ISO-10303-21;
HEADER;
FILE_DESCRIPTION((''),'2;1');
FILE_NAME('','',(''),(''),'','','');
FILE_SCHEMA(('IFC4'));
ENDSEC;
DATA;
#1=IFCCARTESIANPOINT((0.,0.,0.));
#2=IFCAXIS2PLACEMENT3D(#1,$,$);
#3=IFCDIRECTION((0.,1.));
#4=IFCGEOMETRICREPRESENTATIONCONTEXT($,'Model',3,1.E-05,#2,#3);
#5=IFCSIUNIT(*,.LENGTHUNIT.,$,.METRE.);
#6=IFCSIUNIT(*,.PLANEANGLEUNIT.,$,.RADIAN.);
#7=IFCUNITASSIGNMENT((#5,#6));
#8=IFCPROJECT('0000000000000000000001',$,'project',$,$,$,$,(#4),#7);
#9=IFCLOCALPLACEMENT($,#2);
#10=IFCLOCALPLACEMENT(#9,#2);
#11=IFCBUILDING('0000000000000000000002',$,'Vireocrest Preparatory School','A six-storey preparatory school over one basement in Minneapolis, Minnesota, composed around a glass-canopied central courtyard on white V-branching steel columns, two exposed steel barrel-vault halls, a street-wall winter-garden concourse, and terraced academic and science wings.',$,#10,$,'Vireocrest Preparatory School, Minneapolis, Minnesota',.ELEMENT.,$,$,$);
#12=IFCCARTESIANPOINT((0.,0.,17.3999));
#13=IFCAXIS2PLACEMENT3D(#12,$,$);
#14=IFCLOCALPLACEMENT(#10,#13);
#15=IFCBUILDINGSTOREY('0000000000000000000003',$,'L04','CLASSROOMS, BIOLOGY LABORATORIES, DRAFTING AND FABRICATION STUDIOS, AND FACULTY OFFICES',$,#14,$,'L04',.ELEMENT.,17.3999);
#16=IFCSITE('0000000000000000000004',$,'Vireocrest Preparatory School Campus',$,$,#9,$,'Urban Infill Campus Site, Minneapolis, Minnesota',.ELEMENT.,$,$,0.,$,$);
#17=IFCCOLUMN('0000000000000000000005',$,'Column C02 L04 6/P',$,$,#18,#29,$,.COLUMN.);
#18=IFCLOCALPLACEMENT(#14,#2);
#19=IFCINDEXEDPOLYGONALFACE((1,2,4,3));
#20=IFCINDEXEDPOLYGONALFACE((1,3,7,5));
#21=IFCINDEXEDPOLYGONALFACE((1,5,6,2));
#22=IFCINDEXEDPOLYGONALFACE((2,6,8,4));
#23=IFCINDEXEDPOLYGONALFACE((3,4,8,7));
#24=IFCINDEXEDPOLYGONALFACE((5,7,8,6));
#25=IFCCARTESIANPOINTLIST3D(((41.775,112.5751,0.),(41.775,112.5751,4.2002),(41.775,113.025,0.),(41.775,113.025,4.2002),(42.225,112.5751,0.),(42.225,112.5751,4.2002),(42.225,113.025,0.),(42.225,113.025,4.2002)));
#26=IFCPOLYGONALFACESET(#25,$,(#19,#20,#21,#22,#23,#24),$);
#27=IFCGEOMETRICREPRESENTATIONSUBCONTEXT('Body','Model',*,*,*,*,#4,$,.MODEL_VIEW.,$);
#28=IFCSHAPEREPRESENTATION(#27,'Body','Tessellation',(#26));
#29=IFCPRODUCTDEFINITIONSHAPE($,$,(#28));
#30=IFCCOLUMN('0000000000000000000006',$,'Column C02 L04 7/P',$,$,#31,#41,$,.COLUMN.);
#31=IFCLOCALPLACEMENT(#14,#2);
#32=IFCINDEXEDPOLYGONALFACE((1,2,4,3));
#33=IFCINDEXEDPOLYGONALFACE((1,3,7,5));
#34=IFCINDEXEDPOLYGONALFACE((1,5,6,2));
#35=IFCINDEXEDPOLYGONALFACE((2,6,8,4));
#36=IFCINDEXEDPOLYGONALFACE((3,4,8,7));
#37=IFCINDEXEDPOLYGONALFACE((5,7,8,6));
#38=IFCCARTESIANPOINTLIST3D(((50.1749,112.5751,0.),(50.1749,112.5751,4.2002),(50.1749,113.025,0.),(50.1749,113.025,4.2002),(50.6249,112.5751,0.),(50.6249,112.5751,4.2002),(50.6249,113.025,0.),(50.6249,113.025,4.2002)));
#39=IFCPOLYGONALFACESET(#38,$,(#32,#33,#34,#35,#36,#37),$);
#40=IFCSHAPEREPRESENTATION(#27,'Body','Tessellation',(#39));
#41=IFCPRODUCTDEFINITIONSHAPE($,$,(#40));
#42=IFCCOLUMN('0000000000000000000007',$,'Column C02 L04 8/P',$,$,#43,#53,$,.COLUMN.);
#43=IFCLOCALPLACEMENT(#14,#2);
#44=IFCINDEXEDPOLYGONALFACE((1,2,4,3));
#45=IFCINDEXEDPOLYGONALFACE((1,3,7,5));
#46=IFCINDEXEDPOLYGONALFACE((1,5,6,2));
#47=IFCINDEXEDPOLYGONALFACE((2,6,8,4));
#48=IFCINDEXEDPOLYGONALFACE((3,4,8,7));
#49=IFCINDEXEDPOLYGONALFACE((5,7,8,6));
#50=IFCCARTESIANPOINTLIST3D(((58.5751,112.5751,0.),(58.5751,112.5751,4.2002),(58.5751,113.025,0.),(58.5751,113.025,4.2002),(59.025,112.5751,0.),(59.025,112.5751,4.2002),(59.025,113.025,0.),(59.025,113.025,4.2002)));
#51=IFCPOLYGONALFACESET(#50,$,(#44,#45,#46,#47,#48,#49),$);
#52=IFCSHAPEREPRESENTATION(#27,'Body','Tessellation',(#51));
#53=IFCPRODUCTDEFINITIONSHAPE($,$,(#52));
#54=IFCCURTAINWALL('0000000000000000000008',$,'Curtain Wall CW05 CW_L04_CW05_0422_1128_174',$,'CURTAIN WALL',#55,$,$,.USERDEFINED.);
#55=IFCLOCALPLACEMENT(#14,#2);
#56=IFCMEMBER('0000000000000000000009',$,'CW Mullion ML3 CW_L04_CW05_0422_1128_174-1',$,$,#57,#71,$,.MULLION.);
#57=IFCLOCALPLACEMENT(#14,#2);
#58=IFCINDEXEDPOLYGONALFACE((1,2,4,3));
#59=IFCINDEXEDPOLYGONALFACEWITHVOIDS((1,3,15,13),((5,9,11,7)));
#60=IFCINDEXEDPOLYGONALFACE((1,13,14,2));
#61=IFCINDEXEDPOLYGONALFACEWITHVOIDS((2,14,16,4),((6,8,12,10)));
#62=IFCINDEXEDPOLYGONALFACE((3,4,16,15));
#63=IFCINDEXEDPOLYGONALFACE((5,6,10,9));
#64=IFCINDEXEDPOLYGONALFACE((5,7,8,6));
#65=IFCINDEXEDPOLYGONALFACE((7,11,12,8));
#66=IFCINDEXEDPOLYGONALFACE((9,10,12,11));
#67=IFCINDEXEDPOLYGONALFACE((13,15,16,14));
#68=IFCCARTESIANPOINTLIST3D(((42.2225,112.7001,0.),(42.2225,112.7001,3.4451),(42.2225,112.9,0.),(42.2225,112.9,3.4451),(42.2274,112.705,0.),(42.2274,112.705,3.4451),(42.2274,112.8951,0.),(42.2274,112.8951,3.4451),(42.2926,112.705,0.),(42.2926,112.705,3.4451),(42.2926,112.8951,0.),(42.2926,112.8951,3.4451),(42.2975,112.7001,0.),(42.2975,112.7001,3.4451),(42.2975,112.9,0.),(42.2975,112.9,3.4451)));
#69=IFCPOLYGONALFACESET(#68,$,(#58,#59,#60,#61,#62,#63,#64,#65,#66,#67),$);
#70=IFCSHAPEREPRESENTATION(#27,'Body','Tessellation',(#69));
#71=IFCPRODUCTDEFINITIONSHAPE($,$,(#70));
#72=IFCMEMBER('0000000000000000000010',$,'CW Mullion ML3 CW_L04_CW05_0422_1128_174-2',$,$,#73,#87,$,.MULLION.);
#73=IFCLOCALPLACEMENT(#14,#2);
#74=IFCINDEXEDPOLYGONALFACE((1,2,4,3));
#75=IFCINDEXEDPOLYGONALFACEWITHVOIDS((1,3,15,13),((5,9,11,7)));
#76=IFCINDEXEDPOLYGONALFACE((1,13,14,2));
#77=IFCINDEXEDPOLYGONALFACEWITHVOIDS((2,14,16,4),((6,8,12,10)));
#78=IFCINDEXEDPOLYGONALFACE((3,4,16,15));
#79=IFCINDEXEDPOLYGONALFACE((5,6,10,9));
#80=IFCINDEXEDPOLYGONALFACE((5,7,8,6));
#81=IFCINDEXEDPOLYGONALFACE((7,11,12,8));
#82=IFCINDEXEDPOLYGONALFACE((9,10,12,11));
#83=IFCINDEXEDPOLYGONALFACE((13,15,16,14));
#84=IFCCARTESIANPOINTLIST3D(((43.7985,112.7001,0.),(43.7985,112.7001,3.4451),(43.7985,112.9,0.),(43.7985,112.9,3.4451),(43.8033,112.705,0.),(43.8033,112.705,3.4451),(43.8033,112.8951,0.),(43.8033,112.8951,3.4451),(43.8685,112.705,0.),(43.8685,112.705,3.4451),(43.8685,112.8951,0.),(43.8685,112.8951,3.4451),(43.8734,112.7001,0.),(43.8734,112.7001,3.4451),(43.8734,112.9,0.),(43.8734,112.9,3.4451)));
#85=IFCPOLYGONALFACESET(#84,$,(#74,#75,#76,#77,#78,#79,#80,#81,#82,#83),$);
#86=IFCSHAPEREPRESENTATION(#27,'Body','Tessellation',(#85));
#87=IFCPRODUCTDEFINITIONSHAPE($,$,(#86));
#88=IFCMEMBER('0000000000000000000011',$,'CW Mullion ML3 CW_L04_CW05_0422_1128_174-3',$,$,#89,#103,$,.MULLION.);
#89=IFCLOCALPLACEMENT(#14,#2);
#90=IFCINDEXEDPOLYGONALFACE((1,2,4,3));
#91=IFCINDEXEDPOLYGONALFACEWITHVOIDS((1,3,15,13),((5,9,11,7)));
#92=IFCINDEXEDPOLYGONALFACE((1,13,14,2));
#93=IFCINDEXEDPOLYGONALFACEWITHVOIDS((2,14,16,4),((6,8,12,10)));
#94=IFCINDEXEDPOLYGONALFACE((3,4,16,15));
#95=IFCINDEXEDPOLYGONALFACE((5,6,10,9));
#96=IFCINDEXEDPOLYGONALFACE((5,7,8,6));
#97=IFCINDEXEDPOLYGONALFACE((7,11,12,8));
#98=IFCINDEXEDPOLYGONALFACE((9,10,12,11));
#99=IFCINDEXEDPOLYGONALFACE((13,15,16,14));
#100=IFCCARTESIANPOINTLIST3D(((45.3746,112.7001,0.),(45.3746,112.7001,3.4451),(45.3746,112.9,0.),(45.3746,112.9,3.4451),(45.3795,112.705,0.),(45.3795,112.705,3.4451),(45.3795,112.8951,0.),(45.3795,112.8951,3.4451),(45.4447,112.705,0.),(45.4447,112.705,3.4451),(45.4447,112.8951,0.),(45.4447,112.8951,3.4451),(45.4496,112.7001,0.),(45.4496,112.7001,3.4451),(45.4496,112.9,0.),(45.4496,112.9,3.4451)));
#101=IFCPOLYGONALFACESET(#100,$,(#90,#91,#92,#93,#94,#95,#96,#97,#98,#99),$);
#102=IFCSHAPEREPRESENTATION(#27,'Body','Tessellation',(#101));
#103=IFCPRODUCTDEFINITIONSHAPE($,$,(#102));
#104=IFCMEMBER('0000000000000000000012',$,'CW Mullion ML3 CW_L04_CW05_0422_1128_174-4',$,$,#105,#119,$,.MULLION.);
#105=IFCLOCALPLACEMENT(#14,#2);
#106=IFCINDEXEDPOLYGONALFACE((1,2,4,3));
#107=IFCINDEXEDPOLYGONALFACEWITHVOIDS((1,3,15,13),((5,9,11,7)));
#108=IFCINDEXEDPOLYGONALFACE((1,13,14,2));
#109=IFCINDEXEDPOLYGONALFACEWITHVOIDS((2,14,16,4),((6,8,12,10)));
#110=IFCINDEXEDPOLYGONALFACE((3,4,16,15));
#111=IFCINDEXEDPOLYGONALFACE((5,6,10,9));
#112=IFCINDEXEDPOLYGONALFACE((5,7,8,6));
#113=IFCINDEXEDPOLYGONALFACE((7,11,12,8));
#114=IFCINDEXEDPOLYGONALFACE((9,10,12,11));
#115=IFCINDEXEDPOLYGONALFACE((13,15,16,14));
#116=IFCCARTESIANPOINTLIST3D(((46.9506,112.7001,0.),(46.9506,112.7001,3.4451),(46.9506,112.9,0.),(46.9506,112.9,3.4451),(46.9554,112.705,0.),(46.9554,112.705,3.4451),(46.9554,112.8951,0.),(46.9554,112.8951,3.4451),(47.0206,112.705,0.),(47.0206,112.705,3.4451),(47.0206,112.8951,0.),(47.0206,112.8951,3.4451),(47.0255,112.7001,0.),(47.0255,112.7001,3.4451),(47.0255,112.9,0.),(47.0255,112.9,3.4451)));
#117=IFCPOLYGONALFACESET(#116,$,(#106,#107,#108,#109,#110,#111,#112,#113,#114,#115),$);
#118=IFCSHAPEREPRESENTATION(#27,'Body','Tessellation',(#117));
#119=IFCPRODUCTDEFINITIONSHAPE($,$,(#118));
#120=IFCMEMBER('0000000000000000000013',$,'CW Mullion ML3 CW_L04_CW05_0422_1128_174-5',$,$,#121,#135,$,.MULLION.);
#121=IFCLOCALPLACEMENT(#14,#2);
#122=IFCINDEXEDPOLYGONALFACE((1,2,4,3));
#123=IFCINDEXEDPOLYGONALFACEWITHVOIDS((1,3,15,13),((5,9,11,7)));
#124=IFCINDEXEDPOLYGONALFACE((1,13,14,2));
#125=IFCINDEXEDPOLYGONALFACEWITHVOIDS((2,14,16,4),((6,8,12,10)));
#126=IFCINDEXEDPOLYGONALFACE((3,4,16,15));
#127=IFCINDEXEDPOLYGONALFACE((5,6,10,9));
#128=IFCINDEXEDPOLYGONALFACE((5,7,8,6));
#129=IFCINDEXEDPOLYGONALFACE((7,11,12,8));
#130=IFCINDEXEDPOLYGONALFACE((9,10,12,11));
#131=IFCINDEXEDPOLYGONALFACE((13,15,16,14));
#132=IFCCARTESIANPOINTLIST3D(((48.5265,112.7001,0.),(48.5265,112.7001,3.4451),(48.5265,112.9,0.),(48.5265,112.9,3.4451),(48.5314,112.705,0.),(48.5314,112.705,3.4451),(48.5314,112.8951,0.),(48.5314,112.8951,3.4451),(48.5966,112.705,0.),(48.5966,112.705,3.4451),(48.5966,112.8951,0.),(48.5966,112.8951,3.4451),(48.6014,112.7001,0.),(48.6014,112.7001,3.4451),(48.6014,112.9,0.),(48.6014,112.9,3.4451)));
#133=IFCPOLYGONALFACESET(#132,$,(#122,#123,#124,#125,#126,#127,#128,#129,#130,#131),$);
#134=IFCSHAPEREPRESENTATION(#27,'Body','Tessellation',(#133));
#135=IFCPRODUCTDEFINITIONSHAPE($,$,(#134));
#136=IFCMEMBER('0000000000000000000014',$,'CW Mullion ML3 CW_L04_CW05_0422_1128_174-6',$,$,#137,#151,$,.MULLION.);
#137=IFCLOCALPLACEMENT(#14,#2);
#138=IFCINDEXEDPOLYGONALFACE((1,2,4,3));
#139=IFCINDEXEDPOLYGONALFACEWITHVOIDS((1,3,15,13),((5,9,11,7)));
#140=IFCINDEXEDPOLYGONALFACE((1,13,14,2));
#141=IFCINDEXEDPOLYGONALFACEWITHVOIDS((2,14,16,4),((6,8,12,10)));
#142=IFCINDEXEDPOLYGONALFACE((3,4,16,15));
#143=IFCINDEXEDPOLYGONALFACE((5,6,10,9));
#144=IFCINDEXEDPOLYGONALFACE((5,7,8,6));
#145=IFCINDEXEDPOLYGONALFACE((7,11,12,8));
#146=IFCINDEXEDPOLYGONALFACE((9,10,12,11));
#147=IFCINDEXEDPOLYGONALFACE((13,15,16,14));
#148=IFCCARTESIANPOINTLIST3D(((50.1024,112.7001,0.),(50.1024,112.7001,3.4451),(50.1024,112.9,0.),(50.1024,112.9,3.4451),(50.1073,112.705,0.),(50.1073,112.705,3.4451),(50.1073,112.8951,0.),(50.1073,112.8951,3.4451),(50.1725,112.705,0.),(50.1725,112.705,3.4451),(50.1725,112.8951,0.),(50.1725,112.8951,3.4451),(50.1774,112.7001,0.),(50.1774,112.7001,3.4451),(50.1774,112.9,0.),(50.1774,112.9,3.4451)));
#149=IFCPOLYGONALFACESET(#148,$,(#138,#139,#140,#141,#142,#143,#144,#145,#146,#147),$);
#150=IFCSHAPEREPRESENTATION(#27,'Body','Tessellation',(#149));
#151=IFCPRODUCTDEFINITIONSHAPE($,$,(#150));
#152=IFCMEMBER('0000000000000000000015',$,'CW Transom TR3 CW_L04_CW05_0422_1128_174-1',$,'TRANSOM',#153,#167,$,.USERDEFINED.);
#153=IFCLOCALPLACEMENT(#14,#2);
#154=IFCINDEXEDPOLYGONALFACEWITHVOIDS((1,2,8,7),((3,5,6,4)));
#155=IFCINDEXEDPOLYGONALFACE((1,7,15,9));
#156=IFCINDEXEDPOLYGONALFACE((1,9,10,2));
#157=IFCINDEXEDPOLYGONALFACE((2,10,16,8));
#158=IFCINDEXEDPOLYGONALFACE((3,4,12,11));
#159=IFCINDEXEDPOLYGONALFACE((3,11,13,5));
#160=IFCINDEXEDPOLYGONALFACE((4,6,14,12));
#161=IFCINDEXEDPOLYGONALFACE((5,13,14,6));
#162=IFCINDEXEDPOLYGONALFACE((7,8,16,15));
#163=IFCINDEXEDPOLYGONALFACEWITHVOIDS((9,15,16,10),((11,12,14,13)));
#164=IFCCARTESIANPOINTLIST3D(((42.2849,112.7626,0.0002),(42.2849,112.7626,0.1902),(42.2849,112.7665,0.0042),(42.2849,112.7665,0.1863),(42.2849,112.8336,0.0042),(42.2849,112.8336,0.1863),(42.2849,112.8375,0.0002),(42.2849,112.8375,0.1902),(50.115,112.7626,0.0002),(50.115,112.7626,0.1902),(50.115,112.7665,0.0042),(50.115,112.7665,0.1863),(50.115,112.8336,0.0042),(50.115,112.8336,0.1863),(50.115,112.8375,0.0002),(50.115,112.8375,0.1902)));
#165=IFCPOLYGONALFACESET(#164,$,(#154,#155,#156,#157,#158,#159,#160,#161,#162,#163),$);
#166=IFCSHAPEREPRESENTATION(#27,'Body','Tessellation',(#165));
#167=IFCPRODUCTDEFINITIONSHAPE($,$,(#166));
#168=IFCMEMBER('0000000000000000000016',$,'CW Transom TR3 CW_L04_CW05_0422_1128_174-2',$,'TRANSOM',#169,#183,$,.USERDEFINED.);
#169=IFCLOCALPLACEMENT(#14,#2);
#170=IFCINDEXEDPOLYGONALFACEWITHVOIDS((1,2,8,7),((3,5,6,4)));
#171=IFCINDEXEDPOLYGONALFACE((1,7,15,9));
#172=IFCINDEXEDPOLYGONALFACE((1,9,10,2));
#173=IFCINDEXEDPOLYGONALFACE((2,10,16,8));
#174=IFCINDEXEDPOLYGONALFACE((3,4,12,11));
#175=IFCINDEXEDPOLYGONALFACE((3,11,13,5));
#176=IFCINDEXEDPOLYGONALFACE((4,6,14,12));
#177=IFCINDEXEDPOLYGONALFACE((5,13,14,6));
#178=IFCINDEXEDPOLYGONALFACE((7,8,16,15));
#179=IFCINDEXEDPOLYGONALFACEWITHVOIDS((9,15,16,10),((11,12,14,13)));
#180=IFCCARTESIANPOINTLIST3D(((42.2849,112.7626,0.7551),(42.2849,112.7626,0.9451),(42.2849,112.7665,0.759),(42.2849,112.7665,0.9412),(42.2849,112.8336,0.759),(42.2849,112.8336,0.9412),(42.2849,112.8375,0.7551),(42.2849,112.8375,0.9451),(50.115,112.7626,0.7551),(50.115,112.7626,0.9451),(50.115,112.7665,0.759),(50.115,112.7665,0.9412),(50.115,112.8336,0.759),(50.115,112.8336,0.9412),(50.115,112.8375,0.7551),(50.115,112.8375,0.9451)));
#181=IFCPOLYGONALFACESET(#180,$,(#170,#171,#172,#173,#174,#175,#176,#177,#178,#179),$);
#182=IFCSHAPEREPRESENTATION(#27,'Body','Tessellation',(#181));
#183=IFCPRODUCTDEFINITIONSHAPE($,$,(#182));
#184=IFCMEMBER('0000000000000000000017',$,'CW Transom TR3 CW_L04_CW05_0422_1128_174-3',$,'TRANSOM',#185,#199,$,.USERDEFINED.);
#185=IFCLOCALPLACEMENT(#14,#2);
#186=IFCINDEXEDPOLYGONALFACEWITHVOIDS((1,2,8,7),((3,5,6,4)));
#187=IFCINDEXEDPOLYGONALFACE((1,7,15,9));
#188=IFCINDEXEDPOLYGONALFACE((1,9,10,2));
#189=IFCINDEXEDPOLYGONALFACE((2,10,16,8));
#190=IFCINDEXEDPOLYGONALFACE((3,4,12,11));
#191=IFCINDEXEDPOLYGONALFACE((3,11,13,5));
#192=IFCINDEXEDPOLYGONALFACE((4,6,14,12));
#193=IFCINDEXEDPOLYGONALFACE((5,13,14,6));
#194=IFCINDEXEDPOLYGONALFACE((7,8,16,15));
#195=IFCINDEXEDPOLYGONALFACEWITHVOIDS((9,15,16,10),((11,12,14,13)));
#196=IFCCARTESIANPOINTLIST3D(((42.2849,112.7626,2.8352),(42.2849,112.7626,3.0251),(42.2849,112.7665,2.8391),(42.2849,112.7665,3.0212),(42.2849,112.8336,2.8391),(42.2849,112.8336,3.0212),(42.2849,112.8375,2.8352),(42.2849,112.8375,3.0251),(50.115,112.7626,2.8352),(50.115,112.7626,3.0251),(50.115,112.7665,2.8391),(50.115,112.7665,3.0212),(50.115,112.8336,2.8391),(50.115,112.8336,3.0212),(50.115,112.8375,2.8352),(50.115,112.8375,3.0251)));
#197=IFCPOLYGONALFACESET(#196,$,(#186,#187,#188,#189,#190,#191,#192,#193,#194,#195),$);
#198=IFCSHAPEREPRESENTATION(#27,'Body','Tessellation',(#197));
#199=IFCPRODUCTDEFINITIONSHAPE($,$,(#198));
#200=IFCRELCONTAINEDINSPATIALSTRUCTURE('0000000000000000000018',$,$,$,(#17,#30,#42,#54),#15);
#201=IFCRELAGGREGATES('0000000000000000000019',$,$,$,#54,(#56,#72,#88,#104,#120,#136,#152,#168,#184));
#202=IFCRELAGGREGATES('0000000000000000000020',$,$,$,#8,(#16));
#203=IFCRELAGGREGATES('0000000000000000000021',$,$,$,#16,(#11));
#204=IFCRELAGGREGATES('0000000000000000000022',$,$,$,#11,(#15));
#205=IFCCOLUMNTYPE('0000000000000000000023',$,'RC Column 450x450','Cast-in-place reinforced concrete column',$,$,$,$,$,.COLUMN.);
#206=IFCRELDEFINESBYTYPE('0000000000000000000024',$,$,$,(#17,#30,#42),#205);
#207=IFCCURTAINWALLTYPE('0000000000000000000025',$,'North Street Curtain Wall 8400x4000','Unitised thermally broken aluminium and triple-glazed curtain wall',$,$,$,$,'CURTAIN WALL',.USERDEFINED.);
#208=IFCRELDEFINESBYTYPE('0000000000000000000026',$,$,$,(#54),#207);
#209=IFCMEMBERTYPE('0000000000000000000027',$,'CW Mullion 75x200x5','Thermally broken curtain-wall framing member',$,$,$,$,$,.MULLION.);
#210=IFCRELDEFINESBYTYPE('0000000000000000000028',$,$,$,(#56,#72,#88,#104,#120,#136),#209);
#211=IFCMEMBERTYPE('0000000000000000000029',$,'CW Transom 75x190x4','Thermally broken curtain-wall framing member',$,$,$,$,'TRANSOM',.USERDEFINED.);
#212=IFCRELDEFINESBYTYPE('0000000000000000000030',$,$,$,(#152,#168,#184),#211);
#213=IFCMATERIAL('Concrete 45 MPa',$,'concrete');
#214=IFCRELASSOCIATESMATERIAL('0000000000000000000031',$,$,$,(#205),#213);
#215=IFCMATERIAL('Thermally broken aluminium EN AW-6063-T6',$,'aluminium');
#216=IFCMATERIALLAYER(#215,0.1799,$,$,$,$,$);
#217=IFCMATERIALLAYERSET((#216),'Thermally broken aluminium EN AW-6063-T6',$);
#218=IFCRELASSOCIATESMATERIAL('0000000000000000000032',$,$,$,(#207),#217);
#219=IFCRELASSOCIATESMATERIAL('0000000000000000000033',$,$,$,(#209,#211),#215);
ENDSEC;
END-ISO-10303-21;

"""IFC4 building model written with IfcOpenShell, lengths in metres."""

from ifc_helpers import new_model, si_unit, direction, frame, origin, origin_2d, place, context, subcontext, project, spatial, rectangle, hollow_rectangle, extrude, material, layer, layer_set, material_profile, profile_set, type_object, element, aggregate, save


model = new_model("IFC4")

# Units and contexts
model_context = context("Model", 3, precision=1e-05, world=origin(), true_north=direction((0.0, 1.0)))
body_context = subcontext(model_context, "Body", "Model", "MODEL_VIEW")
ifc_project = project(units=[si_unit("LENGTHUNIT", "METRE"), si_unit("PLANEANGLEUNIT", "RADIAN")], contexts=[model_context])

# Site, building, storey
site_placement = place(None, origin())
site = spatial("IfcSite", under=ifc_project, at=site_placement, Name="Vireocrest Preparatory School Campus", LongName="Urban Infill Campus Site, Minneapolis, Minnesota", CompositionType="ELEMENT", RefElevation=0.0)
building_placement = place(site_placement, origin())
building = spatial("IfcBuilding", under=site, at=building_placement, Name="Vireocrest Preparatory School", Description="A six-storey preparatory school over one basement in Minneapolis, Minnesota, composed around a glass-canopied central courtyard on white V-branching steel columns, two exposed steel barrel-vault halls, a street-wall winter-garden concourse, and terraced academic and science wings.", LongName="Vireocrest Preparatory School, Minneapolis, Minnesota", CompositionType="ELEMENT")
storey_placement = place(building_placement, frame((0.0, 0.0, 17.3999)))
storey = spatial("IfcBuildingStorey", under=building, at=storey_placement, Name="L04", Description="CLASSROOMS, BIOLOGY LABORATORIES, DRAFTING AND FABRICATION STUDIOS, AND FACULTY OFFICES", LongName="L04", CompositionType="ELEMENT", Elevation=17.3999)

# Columns
ifc_material_1 = material(Name="Concrete 45 MPa", Category="concrete")
ifc_material_profile_1 = material_profile(ifc_material_1, rectangle(XDim=0.45, YDim=0.45, at=origin_2d()), Name="RC 450x450")
ifc_profile_set_1 = profile_set([ifc_material_profile_1], Name="Concrete 45 MPa")
column_type = type_object("IfcColumnType", Name="RC Column 450x450", Description="Cast-in-place reinforced concrete column", PredefinedType="COLUMN", material=ifc_profile_set_1)
for number, where, z_axis, x_axis, name in (
    (1, (42.0, 112.8, 0.0), (0.0, 0.0, 1.0), (1.0, 0.0, 0.0), "Column C02 L04 6/P"),
    (2, (50.3999, 112.8, 0.0), (0.0, 0.0, 1.0), (1.0, 0.0, 0.0), "Column C02 L04 7/P"),
    (3, (58.8, 112.8, 0.0), (0.0, 0.0, 1.0), (1.0, 0.0, 0.0), "Column C02 L04 8/P"),
):
    element("IfcColumn", number, at=place(storey_placement, frame(where, z_axis=z_axis, x_axis=x_axis)), inside=storey, type_object=column_type, Name=name, PredefinedType="COLUMN", context=body_context, shape_type="SweptSolid", body=[
        extrude(rectangle(XDim=0.45, YDim=0.45, at=origin_2d()), origin(), (0.0, 0.0, 1.0), 4.2002),
    ])

# Curtain wall, members
ifc_material_2 = material(Name="Thermally broken aluminium EN AW-6063-T6", Category="aluminium")
ifc_layer_1 = layer(ifc_material_2, 0.1799)
ifc_layer_set_1 = layer_set([ifc_layer_1], Name="Thermally broken aluminium EN AW-6063-T6")
curtain_wall_type = type_object("IfcCurtainWallType", Name="North Street Curtain Wall 8400x4000", Description="Unitised thermally broken aluminium and triple-glazed curtain wall", ElementType="CURTAIN WALL", PredefinedType="USERDEFINED", material=ifc_layer_set_1)
curtain_wall_placement = place(storey_placement, origin())
curtain_wall = element("IfcCurtainWall", 4, at=curtain_wall_placement, inside=storey, type_object=curtain_wall_type, Name="Curtain Wall CW05 CW_L04_CW05_0422_1128_174", ObjectType="CURTAIN WALL", PredefinedType="USERDEFINED")
ifc_material_profile_2 = material_profile(ifc_material_2, hollow_rectangle(XDim=0.075, YDim=0.2, WallThickness=0.0049, at=origin_2d()), Name="ALU 75x200x5")
ifc_profile_set_2 = profile_set([ifc_material_profile_2], Name="Thermally broken aluminium EN AW-6063-T6")
member_type_1 = type_object("IfcMemberType", Name="CW Mullion 75x200x5", Description="Thermally broken curtain-wall framing member", PredefinedType="MULLION", material=ifc_profile_set_2)
member_1_placement = place(storey_placement, frame((42.26, 112.8, 0.0), z_axis=(0.0, 0.0, 1.0), x_axis=(1.0, 0.0, 0.0)))
member_1 = element("IfcMember", 5, at=member_1_placement, type_object=member_type_1, Name="CW Mullion ML3 CW_L04_CW05_0422_1128_174-1", PredefinedType="MULLION", context=body_context, shape_type="SweptSolid", body=[
    extrude(hollow_rectangle(XDim=0.075, YDim=0.2, WallThickness=0.0049, at=origin_2d()), origin(), (0.0, 0.0, 1.0), 3.4451),
])
member_2_placement = place(storey_placement, frame((43.8359, 112.8, 0.0), z_axis=(0.0, 0.0, 1.0), x_axis=(1.0, 0.0, 0.0)))
member_2 = element("IfcMember", 6, at=member_2_placement, type_object=member_type_1, Name="CW Mullion ML3 CW_L04_CW05_0422_1128_174-2", PredefinedType="MULLION", context=body_context, shape_type="SweptSolid", body=[
    extrude(hollow_rectangle(XDim=0.075, YDim=0.2, WallThickness=0.0049, at=origin_2d()), origin(), (0.0, 0.0, 1.0), 3.4451),
])
member_3_placement = place(storey_placement, frame((45.4121, 112.8, 0.0), z_axis=(0.0, 0.0, 1.0), x_axis=(1.0, 0.0, 0.0)))
member_3 = element("IfcMember", 7, at=member_3_placement, type_object=member_type_1, Name="CW Mullion ML3 CW_L04_CW05_0422_1128_174-3", PredefinedType="MULLION", context=body_context, shape_type="SweptSolid", body=[
    extrude(hollow_rectangle(XDim=0.075, YDim=0.2, WallThickness=0.0049, at=origin_2d()), origin(), (0.0, 0.0, 1.0), 3.4451),
])
member_4_placement = place(storey_placement, frame((46.988, 112.8, 0.0), z_axis=(0.0, 0.0, 1.0), x_axis=(1.0, 0.0, 0.0)))
member_4 = element("IfcMember", 8, at=member_4_placement, type_object=member_type_1, Name="CW Mullion ML3 CW_L04_CW05_0422_1128_174-4", PredefinedType="MULLION", context=body_context, shape_type="SweptSolid", body=[
    extrude(hollow_rectangle(XDim=0.075, YDim=0.2, WallThickness=0.0049, at=origin_2d()), origin(), (0.0, 0.0, 1.0), 3.4451),
])
member_5_placement = place(storey_placement, frame((48.564, 112.8, 0.0), z_axis=(0.0, 0.0, 1.0), x_axis=(1.0, 0.0, 0.0)))
member_5 = element("IfcMember", 9, at=member_5_placement, type_object=member_type_1, Name="CW Mullion ML3 CW_L04_CW05_0422_1128_174-5", PredefinedType="MULLION", context=body_context, shape_type="SweptSolid", body=[
    extrude(hollow_rectangle(XDim=0.075, YDim=0.2, WallThickness=0.0049, at=origin_2d()), origin(), (0.0, 0.0, 1.0), 3.4451),
])
member_6_placement = place(storey_placement, frame((50.1399, 112.8, 0.0), z_axis=(0.0, 0.0, 1.0), x_axis=(1.0, 0.0, 0.0)))
member_6 = element("IfcMember", 10, at=member_6_placement, type_object=member_type_1, Name="CW Mullion ML3 CW_L04_CW05_0422_1128_174-6", PredefinedType="MULLION", context=body_context, shape_type="SweptSolid", body=[
    extrude(hollow_rectangle(XDim=0.075, YDim=0.2, WallThickness=0.0049, at=origin_2d()), origin(), (0.0, 0.0, 1.0), 3.4451),
])
ifc_material_profile_3 = material_profile(ifc_material_2, hollow_rectangle(XDim=0.075, YDim=0.1899, WallThickness=0.0039, at=origin_2d()), Name="ALU 75x190x4")
ifc_profile_set_3 = profile_set([ifc_material_profile_3], Name="Thermally broken aluminium EN AW-6063-T6")
member_type_2 = type_object("IfcMemberType", Name="CW Transom 75x190x4", Description="Thermally broken curtain-wall framing member", ElementType="TRANSOM", PredefinedType="USERDEFINED", material=ifc_profile_set_3)
member_7_placement = place(storey_placement, frame((42.2849, 112.8, 0.0952), z_axis=(1.0, 0.0, 0.0), x_axis=(0.0, 1.0, 0.0)))
member_7 = element("IfcMember", 11, at=member_7_placement, type_object=member_type_2, Name="CW Transom TR3 CW_L04_CW05_0422_1128_174-1", ObjectType="TRANSOM", PredefinedType="USERDEFINED", context=body_context, shape_type="SweptSolid", body=[
    extrude(hollow_rectangle(XDim=0.075, YDim=0.1899, WallThickness=0.0039, at=origin_2d()), origin(), (0.0, 0.0, 1.0), 7.8301),
])
member_8_placement = place(storey_placement, frame((42.2849, 112.8, 0.8501), z_axis=(1.0, 0.0, 0.0), x_axis=(0.0, 1.0, 0.0)))
member_8 = element("IfcMember", 12, at=member_8_placement, type_object=member_type_2, Name="CW Transom TR3 CW_L04_CW05_0422_1128_174-2", ObjectType="TRANSOM", PredefinedType="USERDEFINED", context=body_context, shape_type="SweptSolid", body=[
    extrude(hollow_rectangle(XDim=0.075, YDim=0.1899, WallThickness=0.0039, at=origin_2d()), origin(), (0.0, 0.0, 1.0), 7.8301),
])
member_9_placement = place(storey_placement, frame((42.2849, 112.8, 2.9302), z_axis=(1.0, 0.0, 0.0), x_axis=(0.0, 1.0, 0.0)))
member_9 = element("IfcMember", 13, at=member_9_placement, type_object=member_type_2, Name="CW Transom TR3 CW_L04_CW05_0422_1128_174-3", ObjectType="TRANSOM", PredefinedType="USERDEFINED", context=body_context, shape_type="SweptSolid", body=[
    extrude(hollow_rectangle(XDim=0.075, YDim=0.1899, WallThickness=0.0039, at=origin_2d()), origin(), (0.0, 0.0, 1.0), 7.8301),
])

aggregate(curtain_wall, [member_1, member_2, member_3, member_4, member_5, member_6, member_7, member_8, member_9])

save(model, "model.ifc")
